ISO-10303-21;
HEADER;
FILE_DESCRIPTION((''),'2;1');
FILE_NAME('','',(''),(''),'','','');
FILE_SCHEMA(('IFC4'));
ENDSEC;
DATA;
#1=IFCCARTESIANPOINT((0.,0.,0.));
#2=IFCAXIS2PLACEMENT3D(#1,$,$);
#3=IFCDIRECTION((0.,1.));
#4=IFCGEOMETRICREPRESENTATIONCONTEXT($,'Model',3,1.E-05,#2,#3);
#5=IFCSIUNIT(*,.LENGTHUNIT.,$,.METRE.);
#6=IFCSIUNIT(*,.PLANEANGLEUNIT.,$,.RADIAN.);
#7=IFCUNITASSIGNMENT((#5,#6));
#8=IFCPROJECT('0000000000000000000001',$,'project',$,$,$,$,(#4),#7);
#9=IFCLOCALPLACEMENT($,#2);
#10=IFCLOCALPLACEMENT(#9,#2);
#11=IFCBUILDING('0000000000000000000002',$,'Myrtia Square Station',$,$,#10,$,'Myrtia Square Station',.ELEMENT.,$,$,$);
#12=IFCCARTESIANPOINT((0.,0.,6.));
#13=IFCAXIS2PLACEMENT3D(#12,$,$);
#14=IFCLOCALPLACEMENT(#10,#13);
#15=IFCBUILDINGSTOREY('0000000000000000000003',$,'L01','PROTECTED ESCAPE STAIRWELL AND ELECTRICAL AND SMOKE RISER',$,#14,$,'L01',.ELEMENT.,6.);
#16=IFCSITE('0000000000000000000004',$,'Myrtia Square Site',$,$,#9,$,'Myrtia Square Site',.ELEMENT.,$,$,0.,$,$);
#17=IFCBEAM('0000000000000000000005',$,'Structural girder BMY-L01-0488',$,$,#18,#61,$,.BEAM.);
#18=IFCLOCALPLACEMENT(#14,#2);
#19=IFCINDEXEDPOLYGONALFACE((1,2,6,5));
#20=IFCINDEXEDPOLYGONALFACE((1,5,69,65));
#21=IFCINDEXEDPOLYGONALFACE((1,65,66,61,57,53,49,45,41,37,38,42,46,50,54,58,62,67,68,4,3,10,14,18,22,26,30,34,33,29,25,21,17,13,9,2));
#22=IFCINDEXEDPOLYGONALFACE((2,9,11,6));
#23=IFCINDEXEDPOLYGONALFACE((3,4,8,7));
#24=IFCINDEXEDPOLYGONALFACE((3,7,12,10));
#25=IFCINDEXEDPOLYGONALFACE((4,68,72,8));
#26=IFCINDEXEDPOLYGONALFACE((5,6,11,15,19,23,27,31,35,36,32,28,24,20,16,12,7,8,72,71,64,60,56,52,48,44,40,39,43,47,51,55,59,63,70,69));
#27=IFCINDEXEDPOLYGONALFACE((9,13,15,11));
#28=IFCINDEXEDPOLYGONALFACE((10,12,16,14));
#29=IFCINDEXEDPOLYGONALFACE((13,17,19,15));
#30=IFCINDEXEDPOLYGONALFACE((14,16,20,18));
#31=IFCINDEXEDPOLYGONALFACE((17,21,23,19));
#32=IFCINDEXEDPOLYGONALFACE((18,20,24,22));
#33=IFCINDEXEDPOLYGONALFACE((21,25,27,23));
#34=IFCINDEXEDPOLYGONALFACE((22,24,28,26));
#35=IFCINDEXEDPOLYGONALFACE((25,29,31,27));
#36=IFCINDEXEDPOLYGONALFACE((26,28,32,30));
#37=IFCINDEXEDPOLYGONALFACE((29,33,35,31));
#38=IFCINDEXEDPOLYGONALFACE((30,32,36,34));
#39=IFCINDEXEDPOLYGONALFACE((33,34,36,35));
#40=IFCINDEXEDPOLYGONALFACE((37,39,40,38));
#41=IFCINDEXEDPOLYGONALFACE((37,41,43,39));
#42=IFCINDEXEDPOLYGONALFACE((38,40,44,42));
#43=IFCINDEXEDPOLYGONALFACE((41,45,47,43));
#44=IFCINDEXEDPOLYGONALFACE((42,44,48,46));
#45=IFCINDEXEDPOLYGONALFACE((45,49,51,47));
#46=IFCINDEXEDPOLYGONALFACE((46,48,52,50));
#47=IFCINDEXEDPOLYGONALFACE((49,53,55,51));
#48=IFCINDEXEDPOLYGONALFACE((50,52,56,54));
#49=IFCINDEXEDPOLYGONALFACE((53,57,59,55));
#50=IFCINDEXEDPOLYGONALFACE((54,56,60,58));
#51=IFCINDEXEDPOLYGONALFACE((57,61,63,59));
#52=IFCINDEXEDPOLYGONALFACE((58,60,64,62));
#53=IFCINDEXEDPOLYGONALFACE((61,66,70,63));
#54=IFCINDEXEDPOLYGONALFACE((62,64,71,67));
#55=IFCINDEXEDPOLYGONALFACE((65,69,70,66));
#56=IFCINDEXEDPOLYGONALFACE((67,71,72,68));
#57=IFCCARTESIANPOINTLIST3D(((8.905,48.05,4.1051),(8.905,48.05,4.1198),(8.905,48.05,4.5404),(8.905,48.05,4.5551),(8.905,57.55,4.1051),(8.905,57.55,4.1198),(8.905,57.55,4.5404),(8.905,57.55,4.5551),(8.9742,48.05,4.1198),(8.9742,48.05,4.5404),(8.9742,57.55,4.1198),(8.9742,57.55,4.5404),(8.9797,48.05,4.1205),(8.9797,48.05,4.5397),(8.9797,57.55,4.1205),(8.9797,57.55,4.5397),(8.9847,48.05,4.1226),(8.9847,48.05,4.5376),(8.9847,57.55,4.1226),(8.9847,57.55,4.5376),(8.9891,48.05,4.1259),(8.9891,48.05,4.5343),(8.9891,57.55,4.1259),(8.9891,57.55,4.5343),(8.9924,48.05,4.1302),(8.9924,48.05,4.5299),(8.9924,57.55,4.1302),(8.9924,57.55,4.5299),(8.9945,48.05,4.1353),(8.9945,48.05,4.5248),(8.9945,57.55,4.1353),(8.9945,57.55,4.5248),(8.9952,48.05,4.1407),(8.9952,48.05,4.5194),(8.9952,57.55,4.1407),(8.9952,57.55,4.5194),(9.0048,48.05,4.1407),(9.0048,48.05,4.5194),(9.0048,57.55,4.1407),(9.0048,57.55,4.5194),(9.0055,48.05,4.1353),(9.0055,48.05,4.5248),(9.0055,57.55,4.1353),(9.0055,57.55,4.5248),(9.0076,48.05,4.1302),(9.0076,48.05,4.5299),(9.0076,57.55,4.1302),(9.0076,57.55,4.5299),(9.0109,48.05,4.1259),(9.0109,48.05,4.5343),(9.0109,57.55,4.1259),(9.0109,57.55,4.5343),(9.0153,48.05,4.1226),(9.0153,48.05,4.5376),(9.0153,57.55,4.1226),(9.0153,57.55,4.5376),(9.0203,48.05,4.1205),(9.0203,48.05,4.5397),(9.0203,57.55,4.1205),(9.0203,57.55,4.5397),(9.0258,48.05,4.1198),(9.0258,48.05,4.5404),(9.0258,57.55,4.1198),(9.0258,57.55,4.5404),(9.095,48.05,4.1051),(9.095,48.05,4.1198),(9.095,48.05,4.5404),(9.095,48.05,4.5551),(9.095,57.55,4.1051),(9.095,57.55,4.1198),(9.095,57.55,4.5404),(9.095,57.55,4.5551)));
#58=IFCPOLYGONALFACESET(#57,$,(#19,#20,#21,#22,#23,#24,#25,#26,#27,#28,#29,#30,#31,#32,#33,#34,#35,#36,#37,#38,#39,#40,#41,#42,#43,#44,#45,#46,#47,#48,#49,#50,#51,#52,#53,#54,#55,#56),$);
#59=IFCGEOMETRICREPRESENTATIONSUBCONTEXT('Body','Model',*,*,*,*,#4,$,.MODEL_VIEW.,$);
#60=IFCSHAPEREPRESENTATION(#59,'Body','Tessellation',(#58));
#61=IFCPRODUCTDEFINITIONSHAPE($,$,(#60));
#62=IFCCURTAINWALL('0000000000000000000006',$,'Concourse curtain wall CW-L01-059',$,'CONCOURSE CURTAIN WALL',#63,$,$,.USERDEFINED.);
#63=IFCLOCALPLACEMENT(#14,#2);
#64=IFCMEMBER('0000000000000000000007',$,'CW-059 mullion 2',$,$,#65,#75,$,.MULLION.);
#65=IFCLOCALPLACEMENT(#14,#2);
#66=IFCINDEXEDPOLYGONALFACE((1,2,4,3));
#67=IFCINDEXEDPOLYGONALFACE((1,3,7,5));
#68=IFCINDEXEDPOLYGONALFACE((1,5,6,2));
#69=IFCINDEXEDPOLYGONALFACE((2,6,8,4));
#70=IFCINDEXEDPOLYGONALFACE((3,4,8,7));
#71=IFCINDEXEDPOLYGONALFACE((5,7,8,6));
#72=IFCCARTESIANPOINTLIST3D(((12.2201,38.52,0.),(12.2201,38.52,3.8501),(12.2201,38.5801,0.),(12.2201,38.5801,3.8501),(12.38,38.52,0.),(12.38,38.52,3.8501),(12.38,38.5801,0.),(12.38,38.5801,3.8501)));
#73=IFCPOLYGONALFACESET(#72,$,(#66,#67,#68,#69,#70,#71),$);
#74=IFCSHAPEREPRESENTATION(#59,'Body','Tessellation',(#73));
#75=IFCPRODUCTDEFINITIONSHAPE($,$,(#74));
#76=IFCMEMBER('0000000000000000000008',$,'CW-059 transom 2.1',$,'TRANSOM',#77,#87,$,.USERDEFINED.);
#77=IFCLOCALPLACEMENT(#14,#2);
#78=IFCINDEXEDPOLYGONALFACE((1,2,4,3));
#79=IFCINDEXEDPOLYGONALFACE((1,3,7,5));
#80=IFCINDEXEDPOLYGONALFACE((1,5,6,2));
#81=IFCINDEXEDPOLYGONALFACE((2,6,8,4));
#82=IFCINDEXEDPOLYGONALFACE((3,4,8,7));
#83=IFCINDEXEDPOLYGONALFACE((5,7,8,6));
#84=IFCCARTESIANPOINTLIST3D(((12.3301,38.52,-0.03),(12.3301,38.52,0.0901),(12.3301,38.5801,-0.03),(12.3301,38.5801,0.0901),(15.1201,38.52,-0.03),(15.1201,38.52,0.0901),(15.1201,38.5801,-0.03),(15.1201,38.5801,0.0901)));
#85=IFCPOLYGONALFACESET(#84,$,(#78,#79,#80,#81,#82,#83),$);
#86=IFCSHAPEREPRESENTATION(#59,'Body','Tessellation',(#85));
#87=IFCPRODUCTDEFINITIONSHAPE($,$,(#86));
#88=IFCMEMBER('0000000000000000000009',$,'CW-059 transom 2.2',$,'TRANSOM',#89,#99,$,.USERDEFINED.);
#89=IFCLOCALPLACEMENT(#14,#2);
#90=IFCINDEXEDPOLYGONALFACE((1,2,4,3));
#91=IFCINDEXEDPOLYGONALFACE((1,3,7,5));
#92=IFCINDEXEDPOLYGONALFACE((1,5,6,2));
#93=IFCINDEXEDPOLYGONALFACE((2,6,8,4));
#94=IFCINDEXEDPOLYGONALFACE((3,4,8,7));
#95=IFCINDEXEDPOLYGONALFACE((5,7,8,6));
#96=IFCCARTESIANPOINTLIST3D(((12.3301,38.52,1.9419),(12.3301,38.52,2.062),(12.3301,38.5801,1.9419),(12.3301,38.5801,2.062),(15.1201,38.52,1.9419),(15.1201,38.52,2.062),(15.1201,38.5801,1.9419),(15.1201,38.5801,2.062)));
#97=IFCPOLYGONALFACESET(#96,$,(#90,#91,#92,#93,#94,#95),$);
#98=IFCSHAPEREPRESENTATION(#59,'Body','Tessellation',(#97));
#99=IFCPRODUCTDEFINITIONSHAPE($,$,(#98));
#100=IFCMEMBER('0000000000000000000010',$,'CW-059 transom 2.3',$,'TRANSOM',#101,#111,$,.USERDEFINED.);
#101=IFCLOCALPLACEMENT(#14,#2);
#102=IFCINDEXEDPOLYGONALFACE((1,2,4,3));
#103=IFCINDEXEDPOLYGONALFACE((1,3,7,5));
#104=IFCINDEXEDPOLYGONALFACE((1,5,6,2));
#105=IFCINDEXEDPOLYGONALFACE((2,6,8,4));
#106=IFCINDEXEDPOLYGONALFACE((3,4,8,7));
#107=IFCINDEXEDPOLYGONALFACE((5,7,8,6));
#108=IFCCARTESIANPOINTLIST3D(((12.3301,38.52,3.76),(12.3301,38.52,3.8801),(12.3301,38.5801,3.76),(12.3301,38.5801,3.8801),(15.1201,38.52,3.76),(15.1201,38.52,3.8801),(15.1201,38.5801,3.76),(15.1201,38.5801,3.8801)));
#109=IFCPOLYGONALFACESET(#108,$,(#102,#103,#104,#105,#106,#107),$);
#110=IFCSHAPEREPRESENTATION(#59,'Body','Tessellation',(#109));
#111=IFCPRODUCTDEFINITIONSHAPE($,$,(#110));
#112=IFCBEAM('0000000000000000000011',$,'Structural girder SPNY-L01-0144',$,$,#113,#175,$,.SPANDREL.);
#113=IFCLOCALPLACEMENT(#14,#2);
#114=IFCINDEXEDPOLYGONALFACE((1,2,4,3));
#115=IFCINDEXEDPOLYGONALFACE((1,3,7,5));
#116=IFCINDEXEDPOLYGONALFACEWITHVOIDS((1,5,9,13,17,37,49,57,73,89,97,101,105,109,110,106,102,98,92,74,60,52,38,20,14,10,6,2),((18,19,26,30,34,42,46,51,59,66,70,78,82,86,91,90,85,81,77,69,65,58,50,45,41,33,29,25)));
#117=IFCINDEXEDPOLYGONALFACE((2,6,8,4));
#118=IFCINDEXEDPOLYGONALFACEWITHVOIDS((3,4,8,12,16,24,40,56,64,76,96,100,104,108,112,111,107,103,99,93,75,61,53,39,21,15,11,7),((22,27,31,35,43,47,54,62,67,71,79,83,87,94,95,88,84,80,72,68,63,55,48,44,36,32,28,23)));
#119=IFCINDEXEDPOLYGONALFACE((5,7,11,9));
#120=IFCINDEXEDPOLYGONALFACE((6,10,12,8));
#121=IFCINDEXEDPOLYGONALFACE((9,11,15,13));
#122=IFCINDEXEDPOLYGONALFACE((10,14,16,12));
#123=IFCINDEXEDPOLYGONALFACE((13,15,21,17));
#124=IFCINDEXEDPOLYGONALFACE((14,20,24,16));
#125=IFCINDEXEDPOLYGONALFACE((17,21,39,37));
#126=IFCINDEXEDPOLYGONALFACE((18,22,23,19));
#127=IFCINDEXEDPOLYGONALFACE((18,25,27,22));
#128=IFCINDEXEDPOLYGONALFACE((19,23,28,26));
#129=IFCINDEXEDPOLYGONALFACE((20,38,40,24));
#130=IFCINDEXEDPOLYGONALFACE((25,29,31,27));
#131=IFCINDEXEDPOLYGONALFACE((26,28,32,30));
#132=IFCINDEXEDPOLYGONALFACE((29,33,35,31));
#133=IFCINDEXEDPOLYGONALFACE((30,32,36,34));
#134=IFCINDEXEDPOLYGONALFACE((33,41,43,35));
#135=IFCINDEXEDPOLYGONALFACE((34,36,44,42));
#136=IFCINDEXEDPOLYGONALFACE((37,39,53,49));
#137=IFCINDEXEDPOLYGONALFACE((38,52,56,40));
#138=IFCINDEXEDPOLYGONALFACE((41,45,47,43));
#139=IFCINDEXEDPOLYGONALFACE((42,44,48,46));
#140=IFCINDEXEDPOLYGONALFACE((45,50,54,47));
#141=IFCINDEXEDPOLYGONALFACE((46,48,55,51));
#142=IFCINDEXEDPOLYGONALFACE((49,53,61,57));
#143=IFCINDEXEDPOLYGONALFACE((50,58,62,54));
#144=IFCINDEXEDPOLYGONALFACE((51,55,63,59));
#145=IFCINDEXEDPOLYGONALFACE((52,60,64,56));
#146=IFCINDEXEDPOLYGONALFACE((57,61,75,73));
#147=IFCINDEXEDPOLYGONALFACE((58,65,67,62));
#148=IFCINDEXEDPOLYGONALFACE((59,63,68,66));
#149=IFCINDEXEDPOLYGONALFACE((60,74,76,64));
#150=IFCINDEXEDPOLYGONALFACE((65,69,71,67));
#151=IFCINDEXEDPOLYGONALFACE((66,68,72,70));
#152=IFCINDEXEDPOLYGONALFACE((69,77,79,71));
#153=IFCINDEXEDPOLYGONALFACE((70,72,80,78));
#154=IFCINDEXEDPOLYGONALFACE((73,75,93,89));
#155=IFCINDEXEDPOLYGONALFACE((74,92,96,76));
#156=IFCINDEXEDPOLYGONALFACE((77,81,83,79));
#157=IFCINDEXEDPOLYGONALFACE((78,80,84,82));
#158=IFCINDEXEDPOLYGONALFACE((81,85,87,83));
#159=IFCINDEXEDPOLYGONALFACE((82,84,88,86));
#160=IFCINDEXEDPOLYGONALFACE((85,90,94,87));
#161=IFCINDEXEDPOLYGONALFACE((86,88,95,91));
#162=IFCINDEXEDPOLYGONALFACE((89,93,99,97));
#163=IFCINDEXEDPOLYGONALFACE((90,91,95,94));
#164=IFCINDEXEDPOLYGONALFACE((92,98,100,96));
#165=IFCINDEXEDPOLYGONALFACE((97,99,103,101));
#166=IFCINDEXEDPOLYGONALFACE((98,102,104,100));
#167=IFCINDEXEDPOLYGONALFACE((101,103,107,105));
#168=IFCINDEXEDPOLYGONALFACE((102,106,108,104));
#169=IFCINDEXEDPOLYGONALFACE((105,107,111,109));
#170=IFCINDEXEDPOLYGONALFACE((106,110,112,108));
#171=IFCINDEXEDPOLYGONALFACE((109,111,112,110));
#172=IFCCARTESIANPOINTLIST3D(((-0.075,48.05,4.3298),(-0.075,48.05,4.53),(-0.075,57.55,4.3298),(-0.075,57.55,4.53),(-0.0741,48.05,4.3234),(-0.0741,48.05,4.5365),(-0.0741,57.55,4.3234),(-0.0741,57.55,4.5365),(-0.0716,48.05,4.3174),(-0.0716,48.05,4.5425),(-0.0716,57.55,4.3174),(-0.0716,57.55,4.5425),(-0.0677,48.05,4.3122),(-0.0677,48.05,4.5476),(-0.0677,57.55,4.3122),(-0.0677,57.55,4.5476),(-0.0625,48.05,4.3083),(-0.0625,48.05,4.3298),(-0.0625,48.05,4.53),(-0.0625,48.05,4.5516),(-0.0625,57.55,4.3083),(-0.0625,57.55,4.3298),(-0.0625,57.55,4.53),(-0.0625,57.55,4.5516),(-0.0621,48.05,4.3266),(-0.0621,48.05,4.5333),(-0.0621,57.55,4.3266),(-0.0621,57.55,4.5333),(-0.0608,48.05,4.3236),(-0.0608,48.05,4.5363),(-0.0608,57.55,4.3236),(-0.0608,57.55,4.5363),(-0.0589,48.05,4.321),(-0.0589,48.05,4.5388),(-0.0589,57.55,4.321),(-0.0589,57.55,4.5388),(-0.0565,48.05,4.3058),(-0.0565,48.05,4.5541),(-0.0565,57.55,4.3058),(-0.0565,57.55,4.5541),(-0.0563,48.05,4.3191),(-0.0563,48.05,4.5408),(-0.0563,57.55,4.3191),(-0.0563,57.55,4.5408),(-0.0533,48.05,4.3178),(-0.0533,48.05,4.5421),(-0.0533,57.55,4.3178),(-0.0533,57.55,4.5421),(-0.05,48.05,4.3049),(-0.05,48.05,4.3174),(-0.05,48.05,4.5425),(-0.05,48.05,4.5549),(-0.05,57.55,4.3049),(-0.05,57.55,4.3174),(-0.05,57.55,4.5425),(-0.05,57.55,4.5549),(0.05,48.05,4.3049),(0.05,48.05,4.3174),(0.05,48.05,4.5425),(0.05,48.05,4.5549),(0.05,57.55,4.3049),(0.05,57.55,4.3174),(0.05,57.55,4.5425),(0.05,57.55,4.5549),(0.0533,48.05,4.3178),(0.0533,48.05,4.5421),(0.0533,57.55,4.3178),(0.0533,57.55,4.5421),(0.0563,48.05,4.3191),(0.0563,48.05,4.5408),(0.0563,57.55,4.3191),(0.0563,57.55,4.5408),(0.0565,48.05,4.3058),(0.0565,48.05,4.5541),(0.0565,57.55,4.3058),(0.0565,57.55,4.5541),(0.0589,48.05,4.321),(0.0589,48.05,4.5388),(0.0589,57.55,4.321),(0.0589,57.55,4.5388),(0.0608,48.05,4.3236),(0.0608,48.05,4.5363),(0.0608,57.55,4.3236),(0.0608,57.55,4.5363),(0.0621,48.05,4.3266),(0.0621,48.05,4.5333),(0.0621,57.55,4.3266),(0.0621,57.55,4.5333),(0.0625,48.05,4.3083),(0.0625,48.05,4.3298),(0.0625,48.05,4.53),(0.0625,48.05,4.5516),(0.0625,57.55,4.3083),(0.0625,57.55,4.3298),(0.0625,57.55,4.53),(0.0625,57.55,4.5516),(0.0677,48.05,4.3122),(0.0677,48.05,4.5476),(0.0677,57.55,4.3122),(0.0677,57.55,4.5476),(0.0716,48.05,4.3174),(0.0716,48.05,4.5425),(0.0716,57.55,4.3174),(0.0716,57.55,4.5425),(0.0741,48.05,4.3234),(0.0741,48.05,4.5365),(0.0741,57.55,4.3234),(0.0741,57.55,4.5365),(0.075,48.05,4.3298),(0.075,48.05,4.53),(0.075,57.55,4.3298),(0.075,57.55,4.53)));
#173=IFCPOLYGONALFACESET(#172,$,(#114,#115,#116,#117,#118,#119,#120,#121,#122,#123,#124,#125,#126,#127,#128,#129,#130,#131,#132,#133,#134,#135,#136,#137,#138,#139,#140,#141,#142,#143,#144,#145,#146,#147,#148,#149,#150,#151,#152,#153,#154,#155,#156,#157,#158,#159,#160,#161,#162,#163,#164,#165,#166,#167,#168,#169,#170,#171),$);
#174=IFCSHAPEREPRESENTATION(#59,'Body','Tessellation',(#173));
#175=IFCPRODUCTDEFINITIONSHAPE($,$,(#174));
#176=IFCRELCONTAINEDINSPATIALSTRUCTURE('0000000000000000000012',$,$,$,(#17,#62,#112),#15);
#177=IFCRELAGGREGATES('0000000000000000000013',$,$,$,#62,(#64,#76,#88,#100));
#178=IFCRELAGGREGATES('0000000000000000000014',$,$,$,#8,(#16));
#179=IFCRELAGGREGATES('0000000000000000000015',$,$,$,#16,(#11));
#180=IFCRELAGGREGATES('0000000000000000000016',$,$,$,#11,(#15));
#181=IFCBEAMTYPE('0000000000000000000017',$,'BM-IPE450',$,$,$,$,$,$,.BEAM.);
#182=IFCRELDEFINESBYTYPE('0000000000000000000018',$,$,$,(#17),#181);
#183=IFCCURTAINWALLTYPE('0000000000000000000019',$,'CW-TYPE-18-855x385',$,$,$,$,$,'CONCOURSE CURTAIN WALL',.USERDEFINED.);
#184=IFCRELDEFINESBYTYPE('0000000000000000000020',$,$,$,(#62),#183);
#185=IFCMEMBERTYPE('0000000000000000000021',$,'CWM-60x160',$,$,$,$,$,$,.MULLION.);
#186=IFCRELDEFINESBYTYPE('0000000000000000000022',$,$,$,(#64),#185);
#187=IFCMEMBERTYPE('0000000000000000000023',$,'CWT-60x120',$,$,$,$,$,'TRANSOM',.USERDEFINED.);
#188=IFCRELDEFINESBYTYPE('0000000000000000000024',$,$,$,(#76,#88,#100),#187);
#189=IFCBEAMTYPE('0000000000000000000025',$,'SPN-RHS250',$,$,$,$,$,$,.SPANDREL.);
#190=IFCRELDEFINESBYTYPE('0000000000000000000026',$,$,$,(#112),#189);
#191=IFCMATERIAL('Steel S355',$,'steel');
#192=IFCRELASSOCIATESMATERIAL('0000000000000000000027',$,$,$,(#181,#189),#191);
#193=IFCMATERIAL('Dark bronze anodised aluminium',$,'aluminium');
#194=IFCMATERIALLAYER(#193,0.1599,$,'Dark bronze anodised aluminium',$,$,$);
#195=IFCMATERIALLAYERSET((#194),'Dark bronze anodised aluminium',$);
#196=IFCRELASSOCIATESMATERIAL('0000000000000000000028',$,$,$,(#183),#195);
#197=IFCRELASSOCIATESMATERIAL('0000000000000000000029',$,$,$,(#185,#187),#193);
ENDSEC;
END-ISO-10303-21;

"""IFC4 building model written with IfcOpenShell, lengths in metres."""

from ifc_helpers import new_model, si_unit, direction, frame, origin, origin_2d, place, context, subcontext, project, spatial, rectangle, hollow_rectangle, i_section, extrude, material, layer, layer_set, material_profile, profile_set, type_object, element, aggregate, save


model = new_model("IFC4")

# Units and contexts
model_context = context("Model", 3, precision=1e-05, world=origin(), true_north=direction((0.0, 1.0)))
body_context = subcontext(model_context, "Body", "Model", "MODEL_VIEW")
ifc_project = project(units=[si_unit("LENGTHUNIT", "METRE"), si_unit("PLANEANGLEUNIT", "RADIAN")], contexts=[model_context])

# Site, building, storey
site_placement = place(None, origin())
site = spatial("IfcSite", under=ifc_project, at=site_placement, Name="Myrtia Square Site", LongName="Myrtia Square Site", CompositionType="ELEMENT", RefElevation=0.0)
building_placement = place(site_placement, origin())
building = spatial("IfcBuilding", under=site, at=building_placement, Name="Myrtia Square Station", LongName="Myrtia Square Station", CompositionType="ELEMENT")
storey_placement = place(building_placement, frame((0.0, 0.0, 6.0)))
storey = spatial("IfcBuildingStorey", under=building, at=storey_placement, Name="L01", Description="PROTECTED ESCAPE STAIRWELL AND ELECTRICAL AND SMOKE RISER", LongName="L01", CompositionType="ELEMENT", Elevation=6.0)

# Shared definitions
ifc_material_1 = material(Name="Steel S355", Category="steel")

# Beam
ifc_material_profile_1 = material_profile(ifc_material_1, i_section(OverallWidth=0.1899, OverallDepth=0.45, WebThickness=0.0095, FlangeThickness=0.0146, FilletRadius=0.021, at=origin_2d()), Name="IPE 450")
ifc_profile_set_1 = profile_set([ifc_material_profile_1], Name="Steel S355")
beam_type_1 = type_object("IfcBeamType", Name="BM-IPE450", PredefinedType="BEAM", material=ifc_profile_set_1)
beam_1_placement = place(storey_placement, frame((9.0, 48.05, 4.3301), z_axis=(0.0, 1.0, 0.0), x_axis=(-1.0, 0.0, 0.0)))
element("IfcBeam", 1, at=beam_1_placement, inside=storey, type_object=beam_type_1, Name="Structural girder BMY-L01-0488", PredefinedType="BEAM", context=body_context, shape_type="SweptSolid", body=[
    extrude(i_section(OverallWidth=0.1899, OverallDepth=0.45, WebThickness=0.0095, FlangeThickness=0.0146, FilletRadius=0.021, at=origin_2d()), origin(), (0.0, 0.0, 1.0), 9.5),
])

# Curtain wall, members
ifc_material_2 = material(Name="Dark bronze anodised aluminium", Category="aluminium")
ifc_layer_1 = layer(ifc_material_2, 0.1599, Name="Dark bronze anodised aluminium")
ifc_layer_set_1 = layer_set([ifc_layer_1], Name="Dark bronze anodised aluminium")
curtain_wall_type = type_object("IfcCurtainWallType", Name="CW-TYPE-18-855x385", ElementType="CONCOURSE CURTAIN WALL", PredefinedType="USERDEFINED", material=ifc_layer_set_1)
curtain_wall_placement = place(storey_placement, origin())
curtain_wall = element("IfcCurtainWall", 2, at=curtain_wall_placement, inside=storey, type_object=curtain_wall_type, Name="Concourse curtain wall CW-L01-059", ObjectType="CONCOURSE CURTAIN WALL", PredefinedType="USERDEFINED")
ifc_material_profile_2 = material_profile(ifc_material_2, rectangle(XDim=0.0601, YDim=0.1599, at=origin_2d()), Name="ALU-M 60x160")
ifc_profile_set_2 = profile_set([ifc_material_profile_2], Name="Dark bronze anodised aluminium")
member_type_1 = type_object("IfcMemberType", Name="CWM-60x160", PredefinedType="MULLION", material=ifc_profile_set_2)
member_1_placement = place(storey_placement, frame((12.3, 38.55, 0.0), z_axis=(0.0, 0.0, 1.0), x_axis=(0.0, 1.0, 0.0)))
member_1 = element("IfcMember", 3, at=member_1_placement, type_object=member_type_1, Name="CW-059 mullion 2", PredefinedType="MULLION", context=body_context, shape_type="SweptSolid", body=[
    extrude(rectangle(XDim=0.0601, YDim=0.1599, at=origin_2d()), origin(), (0.0, 0.0, 1.0), 3.8501),
])
ifc_material_profile_3 = material_profile(ifc_material_2, rectangle(XDim=0.0601, YDim=0.1201, at=origin_2d()), Name="ALU-T 60x120")
ifc_profile_set_3 = profile_set([ifc_material_profile_3], Name="Dark bronze anodised aluminium")
member_type_2 = type_object("IfcMemberType", Name="CWT-60x120", ElementType="TRANSOM", PredefinedType="USERDEFINED", material=ifc_profile_set_3)
member_2_placement = place(storey_placement, frame((12.3301, 38.55, 0.03), z_axis=(1.0, 0.0, 0.0), x_axis=(0.0, 1.0, 0.0)))
member_2 = element("IfcMember", 4, at=member_2_placement, type_object=member_type_2, Name="CW-059 transom 2.1", ObjectType="TRANSOM", PredefinedType="USERDEFINED", context=body_context, shape_type="SweptSolid", body=[
    extrude(rectangle(XDim=0.0601, YDim=0.1201, at=origin_2d()), origin(), (0.0, 0.0, 1.0), 2.79),
])
member_3_placement = place(storey_placement, frame((12.3301, 38.55, 2.002), z_axis=(1.0, 0.0, 0.0), x_axis=(0.0, 1.0, 0.0)))
member_3 = element("IfcMember", 5, at=member_3_placement, type_object=member_type_2, Name="CW-059 transom 2.2", ObjectType="TRANSOM", PredefinedType="USERDEFINED", context=body_context, shape_type="SweptSolid", body=[
    extrude(rectangle(XDim=0.0601, YDim=0.1201, at=origin_2d()), origin(), (0.0, 0.0, 1.0), 2.79),
])
member_4_placement = place(storey_placement, frame((12.3301, 38.55, 3.8201), z_axis=(1.0, 0.0, 0.0), x_axis=(0.0, 1.0, 0.0)))
member_4 = element("IfcMember", 6, at=member_4_placement, type_object=member_type_2, Name="CW-059 transom 2.3", ObjectType="TRANSOM", PredefinedType="USERDEFINED", context=body_context, shape_type="SweptSolid", body=[
    extrude(rectangle(XDim=0.0601, YDim=0.1201, at=origin_2d()), origin(), (0.0, 0.0, 1.0), 2.79),
])
aggregate(curtain_wall, [member_1, member_2, member_3, member_4])

# Beam
ifc_material_profile_4 = material_profile(ifc_material_1, hollow_rectangle(XDim=0.1499, YDim=0.25, WallThickness=0.0125, InnerFilletRadius=0.0125, OuterFilletRadius=0.0249, at=origin_2d()), Name="RHS 250x150x12.5")
ifc_profile_set_4 = profile_set([ifc_material_profile_4], Name="Steel S355")
beam_type_2 = type_object("IfcBeamType", Name="SPN-RHS250", PredefinedType="SPANDREL", material=ifc_profile_set_4)
beam_2_placement = place(storey_placement, frame((0.0, 48.05, 4.4299), z_axis=(0.0, 1.0, 0.0), x_axis=(-1.0, 0.0, 0.0)))
element("IfcBeam", 7, at=beam_2_placement, inside=storey, type_object=beam_type_2, Name="Structural girder SPNY-L01-0144", PredefinedType="SPANDREL", context=body_context, shape_type="SweptSolid", body=[
    extrude(hollow_rectangle(XDim=0.1499, YDim=0.25, WallThickness=0.0125, InnerFilletRadius=0.0125, OuterFilletRadius=0.0249, at=origin_2d()), origin(), (0.0, 0.0, 1.0), 9.5),
])

save(model, "model.ifc")
